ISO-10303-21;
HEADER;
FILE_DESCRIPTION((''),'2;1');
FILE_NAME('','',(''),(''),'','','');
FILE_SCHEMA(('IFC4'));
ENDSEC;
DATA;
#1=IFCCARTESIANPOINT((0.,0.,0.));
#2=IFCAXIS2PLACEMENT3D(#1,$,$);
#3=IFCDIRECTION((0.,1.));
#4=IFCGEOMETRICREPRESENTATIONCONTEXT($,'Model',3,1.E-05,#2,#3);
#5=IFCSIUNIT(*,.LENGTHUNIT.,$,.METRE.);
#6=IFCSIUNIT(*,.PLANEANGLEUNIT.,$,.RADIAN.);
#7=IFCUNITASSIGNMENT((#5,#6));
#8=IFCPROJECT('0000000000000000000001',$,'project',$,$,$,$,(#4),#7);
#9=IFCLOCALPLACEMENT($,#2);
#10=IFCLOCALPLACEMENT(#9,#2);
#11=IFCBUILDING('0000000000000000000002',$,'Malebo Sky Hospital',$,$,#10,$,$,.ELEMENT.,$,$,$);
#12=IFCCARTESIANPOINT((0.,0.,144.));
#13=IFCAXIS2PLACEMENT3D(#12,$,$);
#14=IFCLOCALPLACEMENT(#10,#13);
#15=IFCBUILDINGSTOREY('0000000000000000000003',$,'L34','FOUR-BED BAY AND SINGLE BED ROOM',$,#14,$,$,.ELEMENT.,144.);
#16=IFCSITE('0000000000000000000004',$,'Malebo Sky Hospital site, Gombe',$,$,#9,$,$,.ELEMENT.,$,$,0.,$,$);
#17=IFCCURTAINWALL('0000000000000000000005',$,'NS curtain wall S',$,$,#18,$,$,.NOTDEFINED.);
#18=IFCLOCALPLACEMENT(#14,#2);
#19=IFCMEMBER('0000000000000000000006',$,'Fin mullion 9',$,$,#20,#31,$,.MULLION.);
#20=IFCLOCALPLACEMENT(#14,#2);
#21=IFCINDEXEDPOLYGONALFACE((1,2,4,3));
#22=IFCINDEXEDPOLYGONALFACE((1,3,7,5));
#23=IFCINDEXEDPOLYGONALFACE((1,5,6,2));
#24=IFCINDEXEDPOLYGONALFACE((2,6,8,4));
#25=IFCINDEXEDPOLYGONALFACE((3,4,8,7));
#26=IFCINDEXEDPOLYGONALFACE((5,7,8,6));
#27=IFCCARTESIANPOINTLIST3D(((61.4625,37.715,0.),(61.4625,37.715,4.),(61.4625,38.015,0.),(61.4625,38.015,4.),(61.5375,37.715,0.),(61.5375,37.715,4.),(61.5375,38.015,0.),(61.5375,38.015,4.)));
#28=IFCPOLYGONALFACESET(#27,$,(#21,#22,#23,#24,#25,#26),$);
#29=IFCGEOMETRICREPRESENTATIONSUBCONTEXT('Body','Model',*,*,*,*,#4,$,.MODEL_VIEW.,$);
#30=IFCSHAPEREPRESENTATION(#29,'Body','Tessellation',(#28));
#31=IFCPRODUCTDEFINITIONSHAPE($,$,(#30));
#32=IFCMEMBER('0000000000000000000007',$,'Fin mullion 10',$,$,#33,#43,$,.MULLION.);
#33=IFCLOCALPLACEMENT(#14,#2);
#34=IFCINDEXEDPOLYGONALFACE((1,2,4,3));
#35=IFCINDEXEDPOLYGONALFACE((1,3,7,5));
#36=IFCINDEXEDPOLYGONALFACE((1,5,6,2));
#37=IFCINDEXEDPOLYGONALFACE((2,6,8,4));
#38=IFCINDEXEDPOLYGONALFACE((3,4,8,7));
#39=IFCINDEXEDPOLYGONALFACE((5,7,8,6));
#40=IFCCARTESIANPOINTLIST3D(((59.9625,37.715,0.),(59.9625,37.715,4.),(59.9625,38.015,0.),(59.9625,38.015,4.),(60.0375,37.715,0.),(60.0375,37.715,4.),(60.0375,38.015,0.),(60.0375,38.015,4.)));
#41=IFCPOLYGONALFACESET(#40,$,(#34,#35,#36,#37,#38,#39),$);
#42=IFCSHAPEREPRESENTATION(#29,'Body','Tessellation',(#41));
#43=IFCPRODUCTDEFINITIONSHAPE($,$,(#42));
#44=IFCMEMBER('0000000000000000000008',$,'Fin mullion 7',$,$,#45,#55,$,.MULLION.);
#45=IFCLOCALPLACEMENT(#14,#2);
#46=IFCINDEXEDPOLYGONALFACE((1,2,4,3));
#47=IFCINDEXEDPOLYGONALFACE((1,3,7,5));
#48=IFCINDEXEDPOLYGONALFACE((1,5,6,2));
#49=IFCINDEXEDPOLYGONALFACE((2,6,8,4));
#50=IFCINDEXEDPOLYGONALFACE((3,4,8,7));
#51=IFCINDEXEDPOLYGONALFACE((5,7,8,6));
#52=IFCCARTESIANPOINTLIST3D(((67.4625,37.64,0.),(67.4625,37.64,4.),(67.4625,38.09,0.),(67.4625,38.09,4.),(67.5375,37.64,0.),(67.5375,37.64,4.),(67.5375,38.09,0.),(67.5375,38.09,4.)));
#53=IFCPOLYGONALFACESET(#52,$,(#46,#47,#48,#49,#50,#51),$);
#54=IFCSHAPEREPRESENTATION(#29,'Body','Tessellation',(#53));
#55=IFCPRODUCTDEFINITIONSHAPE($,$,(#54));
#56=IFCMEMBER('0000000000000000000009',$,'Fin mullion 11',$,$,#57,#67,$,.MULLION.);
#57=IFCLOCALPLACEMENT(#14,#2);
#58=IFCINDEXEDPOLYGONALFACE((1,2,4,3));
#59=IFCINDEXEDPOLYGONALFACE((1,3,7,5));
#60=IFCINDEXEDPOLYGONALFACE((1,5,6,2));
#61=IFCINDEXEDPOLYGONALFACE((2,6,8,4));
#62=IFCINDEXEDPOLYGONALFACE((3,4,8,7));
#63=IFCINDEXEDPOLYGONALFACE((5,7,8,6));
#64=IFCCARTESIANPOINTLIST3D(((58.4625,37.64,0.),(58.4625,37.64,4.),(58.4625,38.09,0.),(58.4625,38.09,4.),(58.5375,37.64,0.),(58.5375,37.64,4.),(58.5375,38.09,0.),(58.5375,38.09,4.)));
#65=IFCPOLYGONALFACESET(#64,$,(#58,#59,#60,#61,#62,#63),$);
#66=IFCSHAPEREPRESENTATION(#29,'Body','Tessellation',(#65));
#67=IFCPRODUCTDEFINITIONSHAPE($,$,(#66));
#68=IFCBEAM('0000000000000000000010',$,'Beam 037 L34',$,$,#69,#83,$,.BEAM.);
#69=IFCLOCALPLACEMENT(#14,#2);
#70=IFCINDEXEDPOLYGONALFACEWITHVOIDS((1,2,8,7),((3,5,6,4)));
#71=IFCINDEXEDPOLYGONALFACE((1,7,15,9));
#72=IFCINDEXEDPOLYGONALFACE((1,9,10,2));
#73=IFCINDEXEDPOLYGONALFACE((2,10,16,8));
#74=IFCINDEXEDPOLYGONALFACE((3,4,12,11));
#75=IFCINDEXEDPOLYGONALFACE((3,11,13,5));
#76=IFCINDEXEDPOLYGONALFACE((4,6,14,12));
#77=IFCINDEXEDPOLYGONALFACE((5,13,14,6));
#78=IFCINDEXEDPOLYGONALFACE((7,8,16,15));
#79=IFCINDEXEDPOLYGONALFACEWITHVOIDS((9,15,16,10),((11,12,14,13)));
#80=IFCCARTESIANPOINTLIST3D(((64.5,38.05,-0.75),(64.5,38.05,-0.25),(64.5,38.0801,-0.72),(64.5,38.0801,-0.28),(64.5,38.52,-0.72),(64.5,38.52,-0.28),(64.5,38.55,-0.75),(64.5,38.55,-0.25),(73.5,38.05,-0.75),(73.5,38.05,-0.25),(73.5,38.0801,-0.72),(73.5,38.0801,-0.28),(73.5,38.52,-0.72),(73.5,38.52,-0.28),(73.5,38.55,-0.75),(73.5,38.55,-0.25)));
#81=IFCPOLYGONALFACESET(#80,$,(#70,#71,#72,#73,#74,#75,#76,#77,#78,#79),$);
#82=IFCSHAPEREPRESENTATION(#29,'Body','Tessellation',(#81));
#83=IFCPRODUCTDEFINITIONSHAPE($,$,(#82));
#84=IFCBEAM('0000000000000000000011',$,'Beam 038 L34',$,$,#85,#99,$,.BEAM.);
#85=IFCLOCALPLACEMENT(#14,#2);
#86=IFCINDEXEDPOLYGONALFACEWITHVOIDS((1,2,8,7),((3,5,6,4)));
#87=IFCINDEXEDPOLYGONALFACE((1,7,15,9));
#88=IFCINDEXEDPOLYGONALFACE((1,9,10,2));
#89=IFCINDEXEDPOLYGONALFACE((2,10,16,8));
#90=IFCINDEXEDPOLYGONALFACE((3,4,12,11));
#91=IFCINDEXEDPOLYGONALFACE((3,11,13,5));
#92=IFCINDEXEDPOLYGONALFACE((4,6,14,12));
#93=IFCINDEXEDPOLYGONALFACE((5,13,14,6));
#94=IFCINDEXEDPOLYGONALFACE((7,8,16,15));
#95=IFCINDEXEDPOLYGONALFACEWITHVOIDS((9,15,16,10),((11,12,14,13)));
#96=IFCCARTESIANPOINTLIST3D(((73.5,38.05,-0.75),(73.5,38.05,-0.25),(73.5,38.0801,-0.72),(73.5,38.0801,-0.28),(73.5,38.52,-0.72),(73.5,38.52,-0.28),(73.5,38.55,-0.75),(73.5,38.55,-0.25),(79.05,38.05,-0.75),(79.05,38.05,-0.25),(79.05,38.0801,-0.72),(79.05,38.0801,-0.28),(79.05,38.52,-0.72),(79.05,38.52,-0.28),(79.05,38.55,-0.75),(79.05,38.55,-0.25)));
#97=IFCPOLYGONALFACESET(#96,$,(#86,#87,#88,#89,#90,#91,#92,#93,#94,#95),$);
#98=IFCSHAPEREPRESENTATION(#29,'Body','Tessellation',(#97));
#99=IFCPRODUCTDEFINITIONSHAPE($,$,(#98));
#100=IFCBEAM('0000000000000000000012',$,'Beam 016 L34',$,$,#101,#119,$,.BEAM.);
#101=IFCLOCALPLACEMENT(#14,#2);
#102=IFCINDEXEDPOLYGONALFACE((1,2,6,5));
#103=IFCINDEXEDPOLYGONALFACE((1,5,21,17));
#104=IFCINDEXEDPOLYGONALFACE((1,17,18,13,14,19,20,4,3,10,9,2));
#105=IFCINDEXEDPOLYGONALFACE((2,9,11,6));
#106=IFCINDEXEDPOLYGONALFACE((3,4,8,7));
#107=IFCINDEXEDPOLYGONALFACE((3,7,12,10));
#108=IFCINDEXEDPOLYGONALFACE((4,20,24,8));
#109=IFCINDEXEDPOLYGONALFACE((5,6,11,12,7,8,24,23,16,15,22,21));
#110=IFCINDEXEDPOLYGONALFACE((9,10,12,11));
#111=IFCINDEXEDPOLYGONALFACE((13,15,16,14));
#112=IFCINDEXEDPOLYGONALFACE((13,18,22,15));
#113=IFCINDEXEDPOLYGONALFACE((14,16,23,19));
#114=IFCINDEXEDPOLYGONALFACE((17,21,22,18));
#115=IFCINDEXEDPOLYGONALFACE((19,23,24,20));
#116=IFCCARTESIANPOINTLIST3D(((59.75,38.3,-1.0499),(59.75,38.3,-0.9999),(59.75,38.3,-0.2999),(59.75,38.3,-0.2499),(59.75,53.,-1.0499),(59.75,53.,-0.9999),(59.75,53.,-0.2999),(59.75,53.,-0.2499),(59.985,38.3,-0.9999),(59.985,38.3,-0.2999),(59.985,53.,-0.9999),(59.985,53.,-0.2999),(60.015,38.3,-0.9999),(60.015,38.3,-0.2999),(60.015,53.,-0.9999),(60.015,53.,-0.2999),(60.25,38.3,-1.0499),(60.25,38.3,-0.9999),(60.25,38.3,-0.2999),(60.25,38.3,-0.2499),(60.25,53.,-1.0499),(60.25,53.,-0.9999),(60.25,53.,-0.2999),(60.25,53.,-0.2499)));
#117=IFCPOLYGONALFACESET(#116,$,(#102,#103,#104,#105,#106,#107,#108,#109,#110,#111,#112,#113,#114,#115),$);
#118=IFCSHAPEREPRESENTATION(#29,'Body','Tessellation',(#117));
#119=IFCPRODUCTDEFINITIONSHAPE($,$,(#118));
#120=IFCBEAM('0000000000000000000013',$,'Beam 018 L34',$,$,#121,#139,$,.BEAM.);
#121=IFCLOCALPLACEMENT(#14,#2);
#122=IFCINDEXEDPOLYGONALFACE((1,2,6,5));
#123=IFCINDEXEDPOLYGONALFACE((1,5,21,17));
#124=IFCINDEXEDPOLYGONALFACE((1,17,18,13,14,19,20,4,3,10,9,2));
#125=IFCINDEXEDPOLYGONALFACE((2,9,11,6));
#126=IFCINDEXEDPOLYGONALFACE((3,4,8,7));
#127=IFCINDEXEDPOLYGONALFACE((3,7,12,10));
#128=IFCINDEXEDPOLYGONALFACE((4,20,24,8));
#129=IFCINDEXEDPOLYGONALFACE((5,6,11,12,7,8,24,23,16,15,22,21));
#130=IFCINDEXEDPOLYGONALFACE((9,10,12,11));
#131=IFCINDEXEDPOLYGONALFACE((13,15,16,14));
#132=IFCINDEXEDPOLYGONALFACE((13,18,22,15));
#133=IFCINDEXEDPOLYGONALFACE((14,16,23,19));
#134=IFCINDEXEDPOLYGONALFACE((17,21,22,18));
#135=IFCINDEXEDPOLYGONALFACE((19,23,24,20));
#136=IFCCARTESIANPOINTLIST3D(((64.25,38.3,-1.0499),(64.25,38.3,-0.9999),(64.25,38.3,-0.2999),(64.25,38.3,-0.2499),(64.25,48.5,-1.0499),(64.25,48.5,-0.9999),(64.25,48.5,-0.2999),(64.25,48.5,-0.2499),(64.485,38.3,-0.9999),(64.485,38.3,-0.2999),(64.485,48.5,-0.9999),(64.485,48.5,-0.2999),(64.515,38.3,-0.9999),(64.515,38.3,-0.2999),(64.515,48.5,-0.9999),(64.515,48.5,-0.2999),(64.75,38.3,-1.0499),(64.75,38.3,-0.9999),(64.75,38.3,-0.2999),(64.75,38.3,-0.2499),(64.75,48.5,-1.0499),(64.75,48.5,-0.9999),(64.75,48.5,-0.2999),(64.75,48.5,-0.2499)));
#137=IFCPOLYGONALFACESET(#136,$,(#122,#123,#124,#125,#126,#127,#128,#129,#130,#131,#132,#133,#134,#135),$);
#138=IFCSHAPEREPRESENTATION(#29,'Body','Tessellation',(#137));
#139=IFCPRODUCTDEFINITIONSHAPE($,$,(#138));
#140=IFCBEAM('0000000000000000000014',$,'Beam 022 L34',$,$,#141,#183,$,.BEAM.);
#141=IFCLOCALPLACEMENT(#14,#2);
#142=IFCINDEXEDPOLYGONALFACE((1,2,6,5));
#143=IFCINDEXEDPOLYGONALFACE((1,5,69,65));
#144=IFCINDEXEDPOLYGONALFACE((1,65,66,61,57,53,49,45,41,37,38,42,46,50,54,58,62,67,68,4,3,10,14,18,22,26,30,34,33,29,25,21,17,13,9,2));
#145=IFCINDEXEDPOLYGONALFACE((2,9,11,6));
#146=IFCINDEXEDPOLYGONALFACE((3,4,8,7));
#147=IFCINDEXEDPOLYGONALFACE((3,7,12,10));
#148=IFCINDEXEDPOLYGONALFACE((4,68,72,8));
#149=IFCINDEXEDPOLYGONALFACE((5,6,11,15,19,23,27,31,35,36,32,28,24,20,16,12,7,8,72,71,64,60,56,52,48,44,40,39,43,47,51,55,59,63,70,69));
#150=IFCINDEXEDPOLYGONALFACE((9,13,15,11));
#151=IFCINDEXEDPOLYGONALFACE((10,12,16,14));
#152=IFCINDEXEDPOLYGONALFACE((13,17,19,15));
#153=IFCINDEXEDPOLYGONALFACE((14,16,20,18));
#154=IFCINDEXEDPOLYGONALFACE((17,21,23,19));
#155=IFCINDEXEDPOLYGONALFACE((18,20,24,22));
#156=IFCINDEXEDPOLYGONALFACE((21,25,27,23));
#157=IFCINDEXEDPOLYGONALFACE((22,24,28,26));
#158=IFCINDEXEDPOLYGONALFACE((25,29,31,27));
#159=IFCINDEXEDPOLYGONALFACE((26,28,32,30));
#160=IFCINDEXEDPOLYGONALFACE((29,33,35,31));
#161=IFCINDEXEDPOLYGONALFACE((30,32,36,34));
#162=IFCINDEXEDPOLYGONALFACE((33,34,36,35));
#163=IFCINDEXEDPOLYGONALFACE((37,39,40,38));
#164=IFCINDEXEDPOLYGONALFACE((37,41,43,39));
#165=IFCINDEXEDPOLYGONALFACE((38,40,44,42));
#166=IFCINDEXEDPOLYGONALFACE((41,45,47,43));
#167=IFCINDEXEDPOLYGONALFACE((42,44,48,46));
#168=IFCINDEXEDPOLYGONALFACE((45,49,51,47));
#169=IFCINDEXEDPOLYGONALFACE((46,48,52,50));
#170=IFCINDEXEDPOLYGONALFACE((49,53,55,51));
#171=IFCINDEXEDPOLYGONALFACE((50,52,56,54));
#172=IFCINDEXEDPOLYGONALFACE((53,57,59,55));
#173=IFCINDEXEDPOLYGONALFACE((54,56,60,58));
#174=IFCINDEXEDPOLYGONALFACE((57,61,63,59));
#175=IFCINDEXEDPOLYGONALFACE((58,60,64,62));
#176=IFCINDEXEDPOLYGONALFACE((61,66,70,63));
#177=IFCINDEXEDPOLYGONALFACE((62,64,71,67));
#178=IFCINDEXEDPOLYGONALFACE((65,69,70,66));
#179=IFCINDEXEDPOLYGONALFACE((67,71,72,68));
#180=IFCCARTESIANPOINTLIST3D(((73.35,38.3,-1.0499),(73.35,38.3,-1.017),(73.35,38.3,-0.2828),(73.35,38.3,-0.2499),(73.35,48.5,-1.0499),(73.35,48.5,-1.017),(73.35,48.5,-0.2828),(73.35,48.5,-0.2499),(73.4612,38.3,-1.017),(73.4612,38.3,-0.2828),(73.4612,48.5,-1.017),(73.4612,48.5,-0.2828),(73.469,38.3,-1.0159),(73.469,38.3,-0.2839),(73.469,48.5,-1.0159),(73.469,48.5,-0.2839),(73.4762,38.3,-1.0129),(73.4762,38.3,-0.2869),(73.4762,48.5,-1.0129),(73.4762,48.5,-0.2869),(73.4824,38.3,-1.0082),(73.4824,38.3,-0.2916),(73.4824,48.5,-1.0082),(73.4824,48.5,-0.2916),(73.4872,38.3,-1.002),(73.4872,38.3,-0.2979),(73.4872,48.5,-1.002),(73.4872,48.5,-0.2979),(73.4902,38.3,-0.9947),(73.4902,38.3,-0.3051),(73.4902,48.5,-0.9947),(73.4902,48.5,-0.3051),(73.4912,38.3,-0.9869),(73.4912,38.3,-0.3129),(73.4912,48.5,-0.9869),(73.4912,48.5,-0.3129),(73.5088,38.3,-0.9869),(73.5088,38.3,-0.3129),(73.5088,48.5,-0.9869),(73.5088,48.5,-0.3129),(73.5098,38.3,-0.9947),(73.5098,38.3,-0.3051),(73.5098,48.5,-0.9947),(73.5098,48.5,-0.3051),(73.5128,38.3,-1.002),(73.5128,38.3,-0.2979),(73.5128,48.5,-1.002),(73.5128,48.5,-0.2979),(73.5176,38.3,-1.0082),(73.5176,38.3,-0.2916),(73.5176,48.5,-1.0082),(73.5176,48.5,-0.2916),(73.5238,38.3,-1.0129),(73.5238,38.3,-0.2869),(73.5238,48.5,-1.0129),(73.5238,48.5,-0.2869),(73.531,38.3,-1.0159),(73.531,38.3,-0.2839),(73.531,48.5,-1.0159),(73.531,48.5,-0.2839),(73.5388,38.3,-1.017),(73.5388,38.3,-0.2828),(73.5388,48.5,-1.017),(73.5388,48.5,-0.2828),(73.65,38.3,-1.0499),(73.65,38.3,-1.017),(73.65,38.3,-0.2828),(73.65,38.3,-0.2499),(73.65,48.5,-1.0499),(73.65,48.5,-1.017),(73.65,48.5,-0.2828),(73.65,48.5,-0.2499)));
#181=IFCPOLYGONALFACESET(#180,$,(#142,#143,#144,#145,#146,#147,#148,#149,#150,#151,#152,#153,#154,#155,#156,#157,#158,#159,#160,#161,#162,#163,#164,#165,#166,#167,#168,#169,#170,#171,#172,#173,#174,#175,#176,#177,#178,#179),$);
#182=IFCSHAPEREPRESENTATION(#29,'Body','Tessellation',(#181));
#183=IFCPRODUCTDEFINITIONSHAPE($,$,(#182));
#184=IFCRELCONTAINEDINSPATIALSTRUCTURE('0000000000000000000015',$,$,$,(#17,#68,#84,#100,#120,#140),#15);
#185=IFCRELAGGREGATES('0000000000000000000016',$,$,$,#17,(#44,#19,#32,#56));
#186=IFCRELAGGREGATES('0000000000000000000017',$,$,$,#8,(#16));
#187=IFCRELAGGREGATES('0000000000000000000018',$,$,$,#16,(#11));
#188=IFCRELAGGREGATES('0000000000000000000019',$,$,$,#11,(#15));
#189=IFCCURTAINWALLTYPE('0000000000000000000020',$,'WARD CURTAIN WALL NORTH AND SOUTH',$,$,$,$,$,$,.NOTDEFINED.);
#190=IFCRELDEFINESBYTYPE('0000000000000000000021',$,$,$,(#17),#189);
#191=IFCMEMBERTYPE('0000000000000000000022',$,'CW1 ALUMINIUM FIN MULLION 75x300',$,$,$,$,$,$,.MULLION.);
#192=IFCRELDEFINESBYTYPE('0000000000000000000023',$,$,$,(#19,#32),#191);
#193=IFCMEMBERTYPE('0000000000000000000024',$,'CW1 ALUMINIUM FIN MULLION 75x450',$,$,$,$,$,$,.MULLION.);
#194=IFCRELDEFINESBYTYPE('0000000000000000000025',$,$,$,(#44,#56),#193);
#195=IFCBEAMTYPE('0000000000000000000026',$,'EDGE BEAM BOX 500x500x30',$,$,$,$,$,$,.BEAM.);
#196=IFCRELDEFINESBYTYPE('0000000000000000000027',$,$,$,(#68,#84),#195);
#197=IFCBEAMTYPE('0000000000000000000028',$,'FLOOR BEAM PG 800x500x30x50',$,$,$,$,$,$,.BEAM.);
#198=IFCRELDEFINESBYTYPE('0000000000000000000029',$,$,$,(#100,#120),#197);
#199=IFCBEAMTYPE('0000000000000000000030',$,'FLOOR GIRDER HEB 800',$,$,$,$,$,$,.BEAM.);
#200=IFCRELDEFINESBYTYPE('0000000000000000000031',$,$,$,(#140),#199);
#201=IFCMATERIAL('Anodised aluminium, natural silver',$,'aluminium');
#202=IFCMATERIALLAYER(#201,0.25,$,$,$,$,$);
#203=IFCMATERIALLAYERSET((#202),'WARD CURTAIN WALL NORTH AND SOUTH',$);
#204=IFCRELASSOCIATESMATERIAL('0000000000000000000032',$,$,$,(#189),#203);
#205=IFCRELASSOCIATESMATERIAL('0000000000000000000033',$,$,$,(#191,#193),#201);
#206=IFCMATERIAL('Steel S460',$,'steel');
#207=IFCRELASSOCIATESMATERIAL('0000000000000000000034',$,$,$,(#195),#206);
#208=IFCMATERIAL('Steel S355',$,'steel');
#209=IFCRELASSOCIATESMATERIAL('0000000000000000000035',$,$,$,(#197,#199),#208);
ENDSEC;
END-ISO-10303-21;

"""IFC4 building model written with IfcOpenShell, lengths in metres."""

from ifc_helpers import new_model, si_unit, direction, frame, origin, origin_2d, place, context, subcontext, project, spatial, rectangle, hollow_rectangle, i_section, extrude, material, layer, layer_set, material_profile, profile_set, type_object, element, aggregate, save


model = new_model("IFC4")

# Units and contexts
model_context = context("Model", 3, precision=1e-05, world=origin(), true_north=direction((0.0, 1.0)))
body_context = subcontext(model_context, "Body", "Model", "MODEL_VIEW")
ifc_project = project(units=[si_unit("LENGTHUNIT", "METRE"), si_unit("PLANEANGLEUNIT", "RADIAN")], contexts=[model_context])

# Site, building, storey
site_placement = place(None, origin())
site = spatial("IfcSite", under=ifc_project, at=site_placement, Name="Malebo Sky Hospital site, Gombe", CompositionType="ELEMENT", RefElevation=0.0)
building_placement = place(site_placement, origin())
building = spatial("IfcBuilding", under=site, at=building_placement, Name="Malebo Sky Hospital", CompositionType="ELEMENT")
storey_placement = place(building_placement, frame((0.0, 0.0, 144.0)))
storey = spatial("IfcBuildingStorey", under=building, at=storey_placement, Name="L34", Description="FOUR-BED BAY AND SINGLE BED ROOM", CompositionType="ELEMENT", Elevation=144.0)

# Shared definitions
ifc_material_1 = material(Name="Steel S460", Category="steel")

# Curtain wall, members
ifc_material_2 = material(Name="Anodised aluminium, natural silver", Category="aluminium")
ifc_layer_1 = layer(ifc_material_2, 0.25)
ifc_layer_set_1 = layer_set([ifc_layer_1], Name="WARD CURTAIN WALL NORTH AND SOUTH")
curtain_wall_type = type_object("IfcCurtainWallType", Name="WARD CURTAIN WALL NORTH AND SOUTH", PredefinedType="NOTDEFINED", material=ifc_layer_set_1)
curtain_wall_placement = place(storey_placement, origin())
curtain_wall = element("IfcCurtainWall", 1, at=curtain_wall_placement, inside=storey, type_object=curtain_wall_type, Name="NS curtain wall S", PredefinedType="NOTDEFINED")
ifc_material_profile_1 = material_profile(ifc_material_2, rectangle(XDim=0.075, YDim=0.3, at=origin_2d()), Name="CW1 ALUMINIUM FIN MULLION 75x300")
ifc_profile_set_1 = profile_set([ifc_material_profile_1], Name="Anodised aluminium, natural silver")
member_type_1 = type_object("IfcMemberType", Name="CW1 ALUMINIUM FIN MULLION 75x300", PredefinedType="MULLION", material=ifc_profile_set_1)
member_1_placement = place(storey_placement, frame((61.5, 37.865, 0.0), z_axis=(0.0, 0.0, 1.0), x_axis=(-1.0, 0.0, 0.0)))
member_1 = element("IfcMember", 2, at=member_1_placement, type_object=member_type_1, Name="Fin mullion 9", PredefinedType="MULLION", context=body_context, shape_type="SweptSolid", body=[
    extrude(rectangle(XDim=0.075, YDim=0.3, at=origin_2d()), origin(), (0.0, 0.0, 1.0), 4.0),
])
member_2_placement = place(storey_placement, frame((60.0, 37.865, 0.0), z_axis=(0.0, 0.0, 1.0), x_axis=(-1.0, 0.0, 0.0)))
member_2 = element("IfcMember", 3, at=member_2_placement, type_object=member_type_1, Name="Fin mullion 10", PredefinedType="MULLION", context=body_context, shape_type="SweptSolid", body=[
    extrude(rectangle(XDim=0.075, YDim=0.3, at=origin_2d()), origin(), (0.0, 0.0, 1.0), 4.0),
])
ifc_material_profile_2 = material_profile(ifc_material_2, rectangle(XDim=0.075, YDim=0.45, at=origin_2d()), Name="CW1 ALUMINIUM FIN MULLION 75x450")
ifc_profile_set_2 = profile_set([ifc_material_profile_2], Name="Anodised aluminium, natural silver")
member_type_2 = type_object("IfcMemberType", Name="CW1 ALUMINIUM FIN MULLION 75x450", PredefinedType="MULLION", material=ifc_profile_set_2)
member_3_placement = place(storey_placement, frame((67.5, 37.865, 0.0), z_axis=(0.0, 0.0, 1.0), x_axis=(-1.0, 0.0, 0.0)))
member_3 = element("IfcMember", 4, at=member_3_placement, type_object=member_type_2, Name="Fin mullion 7", PredefinedType="MULLION", context=body_context, shape_type="SweptSolid", body=[
    extrude(rectangle(XDim=0.075, YDim=0.45, at=origin_2d()), origin(), (0.0, 0.0, 1.0), 4.0),
])
member_4_placement = place(storey_placement, frame((58.5, 37.865, 0.0), z_axis=(0.0, 0.0, 1.0), x_axis=(-1.0, 0.0, 0.0)))
member_4 = element("IfcMember", 5, at=member_4_placement, type_object=member_type_2, Name="Fin mullion 11", PredefinedType="MULLION", context=body_context, shape_type="SweptSolid", body=[
    extrude(rectangle(XDim=0.075, YDim=0.45, at=origin_2d()), origin(), (0.0, 0.0, 1.0), 4.0),
])

# Beams
ifc_material_profile_3 = material_profile(ifc_material_1, hollow_rectangle(XDim=0.5, YDim=0.5, WallThickness=0.03, at=origin_2d()), Name="BOX 500x500x30")
ifc_profile_set_3 = profile_set([ifc_material_profile_3], Name="Steel S460")
beam_type_1 = type_object("IfcBeamType", Name="EDGE BEAM BOX 500x500x30", PredefinedType="BEAM", material=ifc_profile_set_3)
beam_1_placement = place(storey_placement, frame((64.5, 38.3, -0.5), z_axis=(1.0, 0.0, 0.0), x_axis=(0.0, 1.0, 0.0)))
element("IfcBeam", 6, at=beam_1_placement, inside=storey, type_object=beam_type_1, Name="Beam 037 L34", PredefinedType="BEAM", context=body_context, shape_type="SweptSolid", body=[
    extrude(hollow_rectangle(XDim=0.5, YDim=0.5, WallThickness=0.03, at=origin_2d()), origin(), (0.0, 0.0, 1.0), 9.0),
])
beam_2_placement = place(storey_placement, frame((73.5, 38.3, -0.5), z_axis=(1.0, 0.0, 0.0), x_axis=(0.0, 1.0, 0.0)))
element("IfcBeam", 7, at=beam_2_placement, inside=storey, type_object=beam_type_1, Name="Beam 038 L34", PredefinedType="BEAM", context=body_context, shape_type="SweptSolid", body=[
    extrude(hollow_rectangle(XDim=0.5, YDim=0.5, WallThickness=0.03, at=origin_2d()), origin(), (0.0, 0.0, 1.0), 5.55),
])
ifc_material_3 = material(Name="Steel S355", Category="steel")
ifc_material_profile_4 = material_profile(ifc_material_3, i_section(OverallWidth=0.5, OverallDepth=0.8, WebThickness=0.03, FlangeThickness=0.05, at=origin_2d()), Name="PG 800x500x30x50")
ifc_profile_set_4 = profile_set([ifc_material_profile_4], Name="Steel S355")
beam_type_2 = type_object("IfcBeamType", Name="FLOOR BEAM PG 800x500x30x50", PredefinedType="BEAM", material=ifc_profile_set_4)
beam_3_placement = place(storey_placement, frame((60.0, 38.3, -0.6499), z_axis=(0.0, 1.0, 0.0), x_axis=(-1.0, 0.0, 0.0)))
element("IfcBeam", 8, at=beam_3_placement, inside=storey, type_object=beam_type_2, Name="Beam 016 L34", PredefinedType="BEAM", context=body_context, shape_type="SweptSolid", body=[
    extrude(i_section(OverallWidth=0.5, OverallDepth=0.8, WebThickness=0.03, FlangeThickness=0.05, at=origin_2d()), origin(), (0.0, 0.0, 1.0), 14.7),
])
beam_4_placement = place(storey_placement, frame((64.5, 38.3, -0.6499), z_axis=(0.0, 1.0, 0.0), x_axis=(-1.0, 0.0, 0.0)))
element("IfcBeam", 9, at=beam_4_placement, inside=storey, type_object=beam_type_2, Name="Beam 018 L34", PredefinedType="BEAM", context=body_context, shape_type="SweptSolid", body=[
    extrude(i_section(OverallWidth=0.5, OverallDepth=0.8, WebThickness=0.03, FlangeThickness=0.05, at=origin_2d()), origin(), (0.0, 0.0, 1.0), 10.2),
])
ifc_material_profile_5 = material_profile(ifc_material_3, i_section(OverallWidth=0.3, OverallDepth=0.8, WebThickness=0.0176, FlangeThickness=0.033, FilletRadius=0.03, at=origin_2d()), Name="HEB 800")
ifc_profile_set_5 = profile_set([ifc_material_profile_5], Name="Steel S355")
beam_type_3 = type_object("IfcBeamType", Name="FLOOR GIRDER HEB 800", PredefinedType="BEAM", material=ifc_profile_set_5)
beam_5_placement = place(storey_placement, frame((73.5, 38.3, -0.6499), z_axis=(0.0, 1.0, 0.0), x_axis=(-1.0, 0.0, 0.0)))
element("IfcBeam", 10, at=beam_5_placement, inside=storey, type_object=beam_type_3, Name="Beam 022 L34", PredefinedType="BEAM", context=body_context, shape_type="SweptSolid", body=[
    extrude(i_section(OverallWidth=0.3, OverallDepth=0.8, WebThickness=0.0176, FlangeThickness=0.033, FilletRadius=0.03, at=origin_2d()), origin(), (0.0, 0.0, 1.0), 10.2),
])

aggregate(curtain_wall, [member_3, member_1, member_2, member_4])

save(model, "model.ifc")
